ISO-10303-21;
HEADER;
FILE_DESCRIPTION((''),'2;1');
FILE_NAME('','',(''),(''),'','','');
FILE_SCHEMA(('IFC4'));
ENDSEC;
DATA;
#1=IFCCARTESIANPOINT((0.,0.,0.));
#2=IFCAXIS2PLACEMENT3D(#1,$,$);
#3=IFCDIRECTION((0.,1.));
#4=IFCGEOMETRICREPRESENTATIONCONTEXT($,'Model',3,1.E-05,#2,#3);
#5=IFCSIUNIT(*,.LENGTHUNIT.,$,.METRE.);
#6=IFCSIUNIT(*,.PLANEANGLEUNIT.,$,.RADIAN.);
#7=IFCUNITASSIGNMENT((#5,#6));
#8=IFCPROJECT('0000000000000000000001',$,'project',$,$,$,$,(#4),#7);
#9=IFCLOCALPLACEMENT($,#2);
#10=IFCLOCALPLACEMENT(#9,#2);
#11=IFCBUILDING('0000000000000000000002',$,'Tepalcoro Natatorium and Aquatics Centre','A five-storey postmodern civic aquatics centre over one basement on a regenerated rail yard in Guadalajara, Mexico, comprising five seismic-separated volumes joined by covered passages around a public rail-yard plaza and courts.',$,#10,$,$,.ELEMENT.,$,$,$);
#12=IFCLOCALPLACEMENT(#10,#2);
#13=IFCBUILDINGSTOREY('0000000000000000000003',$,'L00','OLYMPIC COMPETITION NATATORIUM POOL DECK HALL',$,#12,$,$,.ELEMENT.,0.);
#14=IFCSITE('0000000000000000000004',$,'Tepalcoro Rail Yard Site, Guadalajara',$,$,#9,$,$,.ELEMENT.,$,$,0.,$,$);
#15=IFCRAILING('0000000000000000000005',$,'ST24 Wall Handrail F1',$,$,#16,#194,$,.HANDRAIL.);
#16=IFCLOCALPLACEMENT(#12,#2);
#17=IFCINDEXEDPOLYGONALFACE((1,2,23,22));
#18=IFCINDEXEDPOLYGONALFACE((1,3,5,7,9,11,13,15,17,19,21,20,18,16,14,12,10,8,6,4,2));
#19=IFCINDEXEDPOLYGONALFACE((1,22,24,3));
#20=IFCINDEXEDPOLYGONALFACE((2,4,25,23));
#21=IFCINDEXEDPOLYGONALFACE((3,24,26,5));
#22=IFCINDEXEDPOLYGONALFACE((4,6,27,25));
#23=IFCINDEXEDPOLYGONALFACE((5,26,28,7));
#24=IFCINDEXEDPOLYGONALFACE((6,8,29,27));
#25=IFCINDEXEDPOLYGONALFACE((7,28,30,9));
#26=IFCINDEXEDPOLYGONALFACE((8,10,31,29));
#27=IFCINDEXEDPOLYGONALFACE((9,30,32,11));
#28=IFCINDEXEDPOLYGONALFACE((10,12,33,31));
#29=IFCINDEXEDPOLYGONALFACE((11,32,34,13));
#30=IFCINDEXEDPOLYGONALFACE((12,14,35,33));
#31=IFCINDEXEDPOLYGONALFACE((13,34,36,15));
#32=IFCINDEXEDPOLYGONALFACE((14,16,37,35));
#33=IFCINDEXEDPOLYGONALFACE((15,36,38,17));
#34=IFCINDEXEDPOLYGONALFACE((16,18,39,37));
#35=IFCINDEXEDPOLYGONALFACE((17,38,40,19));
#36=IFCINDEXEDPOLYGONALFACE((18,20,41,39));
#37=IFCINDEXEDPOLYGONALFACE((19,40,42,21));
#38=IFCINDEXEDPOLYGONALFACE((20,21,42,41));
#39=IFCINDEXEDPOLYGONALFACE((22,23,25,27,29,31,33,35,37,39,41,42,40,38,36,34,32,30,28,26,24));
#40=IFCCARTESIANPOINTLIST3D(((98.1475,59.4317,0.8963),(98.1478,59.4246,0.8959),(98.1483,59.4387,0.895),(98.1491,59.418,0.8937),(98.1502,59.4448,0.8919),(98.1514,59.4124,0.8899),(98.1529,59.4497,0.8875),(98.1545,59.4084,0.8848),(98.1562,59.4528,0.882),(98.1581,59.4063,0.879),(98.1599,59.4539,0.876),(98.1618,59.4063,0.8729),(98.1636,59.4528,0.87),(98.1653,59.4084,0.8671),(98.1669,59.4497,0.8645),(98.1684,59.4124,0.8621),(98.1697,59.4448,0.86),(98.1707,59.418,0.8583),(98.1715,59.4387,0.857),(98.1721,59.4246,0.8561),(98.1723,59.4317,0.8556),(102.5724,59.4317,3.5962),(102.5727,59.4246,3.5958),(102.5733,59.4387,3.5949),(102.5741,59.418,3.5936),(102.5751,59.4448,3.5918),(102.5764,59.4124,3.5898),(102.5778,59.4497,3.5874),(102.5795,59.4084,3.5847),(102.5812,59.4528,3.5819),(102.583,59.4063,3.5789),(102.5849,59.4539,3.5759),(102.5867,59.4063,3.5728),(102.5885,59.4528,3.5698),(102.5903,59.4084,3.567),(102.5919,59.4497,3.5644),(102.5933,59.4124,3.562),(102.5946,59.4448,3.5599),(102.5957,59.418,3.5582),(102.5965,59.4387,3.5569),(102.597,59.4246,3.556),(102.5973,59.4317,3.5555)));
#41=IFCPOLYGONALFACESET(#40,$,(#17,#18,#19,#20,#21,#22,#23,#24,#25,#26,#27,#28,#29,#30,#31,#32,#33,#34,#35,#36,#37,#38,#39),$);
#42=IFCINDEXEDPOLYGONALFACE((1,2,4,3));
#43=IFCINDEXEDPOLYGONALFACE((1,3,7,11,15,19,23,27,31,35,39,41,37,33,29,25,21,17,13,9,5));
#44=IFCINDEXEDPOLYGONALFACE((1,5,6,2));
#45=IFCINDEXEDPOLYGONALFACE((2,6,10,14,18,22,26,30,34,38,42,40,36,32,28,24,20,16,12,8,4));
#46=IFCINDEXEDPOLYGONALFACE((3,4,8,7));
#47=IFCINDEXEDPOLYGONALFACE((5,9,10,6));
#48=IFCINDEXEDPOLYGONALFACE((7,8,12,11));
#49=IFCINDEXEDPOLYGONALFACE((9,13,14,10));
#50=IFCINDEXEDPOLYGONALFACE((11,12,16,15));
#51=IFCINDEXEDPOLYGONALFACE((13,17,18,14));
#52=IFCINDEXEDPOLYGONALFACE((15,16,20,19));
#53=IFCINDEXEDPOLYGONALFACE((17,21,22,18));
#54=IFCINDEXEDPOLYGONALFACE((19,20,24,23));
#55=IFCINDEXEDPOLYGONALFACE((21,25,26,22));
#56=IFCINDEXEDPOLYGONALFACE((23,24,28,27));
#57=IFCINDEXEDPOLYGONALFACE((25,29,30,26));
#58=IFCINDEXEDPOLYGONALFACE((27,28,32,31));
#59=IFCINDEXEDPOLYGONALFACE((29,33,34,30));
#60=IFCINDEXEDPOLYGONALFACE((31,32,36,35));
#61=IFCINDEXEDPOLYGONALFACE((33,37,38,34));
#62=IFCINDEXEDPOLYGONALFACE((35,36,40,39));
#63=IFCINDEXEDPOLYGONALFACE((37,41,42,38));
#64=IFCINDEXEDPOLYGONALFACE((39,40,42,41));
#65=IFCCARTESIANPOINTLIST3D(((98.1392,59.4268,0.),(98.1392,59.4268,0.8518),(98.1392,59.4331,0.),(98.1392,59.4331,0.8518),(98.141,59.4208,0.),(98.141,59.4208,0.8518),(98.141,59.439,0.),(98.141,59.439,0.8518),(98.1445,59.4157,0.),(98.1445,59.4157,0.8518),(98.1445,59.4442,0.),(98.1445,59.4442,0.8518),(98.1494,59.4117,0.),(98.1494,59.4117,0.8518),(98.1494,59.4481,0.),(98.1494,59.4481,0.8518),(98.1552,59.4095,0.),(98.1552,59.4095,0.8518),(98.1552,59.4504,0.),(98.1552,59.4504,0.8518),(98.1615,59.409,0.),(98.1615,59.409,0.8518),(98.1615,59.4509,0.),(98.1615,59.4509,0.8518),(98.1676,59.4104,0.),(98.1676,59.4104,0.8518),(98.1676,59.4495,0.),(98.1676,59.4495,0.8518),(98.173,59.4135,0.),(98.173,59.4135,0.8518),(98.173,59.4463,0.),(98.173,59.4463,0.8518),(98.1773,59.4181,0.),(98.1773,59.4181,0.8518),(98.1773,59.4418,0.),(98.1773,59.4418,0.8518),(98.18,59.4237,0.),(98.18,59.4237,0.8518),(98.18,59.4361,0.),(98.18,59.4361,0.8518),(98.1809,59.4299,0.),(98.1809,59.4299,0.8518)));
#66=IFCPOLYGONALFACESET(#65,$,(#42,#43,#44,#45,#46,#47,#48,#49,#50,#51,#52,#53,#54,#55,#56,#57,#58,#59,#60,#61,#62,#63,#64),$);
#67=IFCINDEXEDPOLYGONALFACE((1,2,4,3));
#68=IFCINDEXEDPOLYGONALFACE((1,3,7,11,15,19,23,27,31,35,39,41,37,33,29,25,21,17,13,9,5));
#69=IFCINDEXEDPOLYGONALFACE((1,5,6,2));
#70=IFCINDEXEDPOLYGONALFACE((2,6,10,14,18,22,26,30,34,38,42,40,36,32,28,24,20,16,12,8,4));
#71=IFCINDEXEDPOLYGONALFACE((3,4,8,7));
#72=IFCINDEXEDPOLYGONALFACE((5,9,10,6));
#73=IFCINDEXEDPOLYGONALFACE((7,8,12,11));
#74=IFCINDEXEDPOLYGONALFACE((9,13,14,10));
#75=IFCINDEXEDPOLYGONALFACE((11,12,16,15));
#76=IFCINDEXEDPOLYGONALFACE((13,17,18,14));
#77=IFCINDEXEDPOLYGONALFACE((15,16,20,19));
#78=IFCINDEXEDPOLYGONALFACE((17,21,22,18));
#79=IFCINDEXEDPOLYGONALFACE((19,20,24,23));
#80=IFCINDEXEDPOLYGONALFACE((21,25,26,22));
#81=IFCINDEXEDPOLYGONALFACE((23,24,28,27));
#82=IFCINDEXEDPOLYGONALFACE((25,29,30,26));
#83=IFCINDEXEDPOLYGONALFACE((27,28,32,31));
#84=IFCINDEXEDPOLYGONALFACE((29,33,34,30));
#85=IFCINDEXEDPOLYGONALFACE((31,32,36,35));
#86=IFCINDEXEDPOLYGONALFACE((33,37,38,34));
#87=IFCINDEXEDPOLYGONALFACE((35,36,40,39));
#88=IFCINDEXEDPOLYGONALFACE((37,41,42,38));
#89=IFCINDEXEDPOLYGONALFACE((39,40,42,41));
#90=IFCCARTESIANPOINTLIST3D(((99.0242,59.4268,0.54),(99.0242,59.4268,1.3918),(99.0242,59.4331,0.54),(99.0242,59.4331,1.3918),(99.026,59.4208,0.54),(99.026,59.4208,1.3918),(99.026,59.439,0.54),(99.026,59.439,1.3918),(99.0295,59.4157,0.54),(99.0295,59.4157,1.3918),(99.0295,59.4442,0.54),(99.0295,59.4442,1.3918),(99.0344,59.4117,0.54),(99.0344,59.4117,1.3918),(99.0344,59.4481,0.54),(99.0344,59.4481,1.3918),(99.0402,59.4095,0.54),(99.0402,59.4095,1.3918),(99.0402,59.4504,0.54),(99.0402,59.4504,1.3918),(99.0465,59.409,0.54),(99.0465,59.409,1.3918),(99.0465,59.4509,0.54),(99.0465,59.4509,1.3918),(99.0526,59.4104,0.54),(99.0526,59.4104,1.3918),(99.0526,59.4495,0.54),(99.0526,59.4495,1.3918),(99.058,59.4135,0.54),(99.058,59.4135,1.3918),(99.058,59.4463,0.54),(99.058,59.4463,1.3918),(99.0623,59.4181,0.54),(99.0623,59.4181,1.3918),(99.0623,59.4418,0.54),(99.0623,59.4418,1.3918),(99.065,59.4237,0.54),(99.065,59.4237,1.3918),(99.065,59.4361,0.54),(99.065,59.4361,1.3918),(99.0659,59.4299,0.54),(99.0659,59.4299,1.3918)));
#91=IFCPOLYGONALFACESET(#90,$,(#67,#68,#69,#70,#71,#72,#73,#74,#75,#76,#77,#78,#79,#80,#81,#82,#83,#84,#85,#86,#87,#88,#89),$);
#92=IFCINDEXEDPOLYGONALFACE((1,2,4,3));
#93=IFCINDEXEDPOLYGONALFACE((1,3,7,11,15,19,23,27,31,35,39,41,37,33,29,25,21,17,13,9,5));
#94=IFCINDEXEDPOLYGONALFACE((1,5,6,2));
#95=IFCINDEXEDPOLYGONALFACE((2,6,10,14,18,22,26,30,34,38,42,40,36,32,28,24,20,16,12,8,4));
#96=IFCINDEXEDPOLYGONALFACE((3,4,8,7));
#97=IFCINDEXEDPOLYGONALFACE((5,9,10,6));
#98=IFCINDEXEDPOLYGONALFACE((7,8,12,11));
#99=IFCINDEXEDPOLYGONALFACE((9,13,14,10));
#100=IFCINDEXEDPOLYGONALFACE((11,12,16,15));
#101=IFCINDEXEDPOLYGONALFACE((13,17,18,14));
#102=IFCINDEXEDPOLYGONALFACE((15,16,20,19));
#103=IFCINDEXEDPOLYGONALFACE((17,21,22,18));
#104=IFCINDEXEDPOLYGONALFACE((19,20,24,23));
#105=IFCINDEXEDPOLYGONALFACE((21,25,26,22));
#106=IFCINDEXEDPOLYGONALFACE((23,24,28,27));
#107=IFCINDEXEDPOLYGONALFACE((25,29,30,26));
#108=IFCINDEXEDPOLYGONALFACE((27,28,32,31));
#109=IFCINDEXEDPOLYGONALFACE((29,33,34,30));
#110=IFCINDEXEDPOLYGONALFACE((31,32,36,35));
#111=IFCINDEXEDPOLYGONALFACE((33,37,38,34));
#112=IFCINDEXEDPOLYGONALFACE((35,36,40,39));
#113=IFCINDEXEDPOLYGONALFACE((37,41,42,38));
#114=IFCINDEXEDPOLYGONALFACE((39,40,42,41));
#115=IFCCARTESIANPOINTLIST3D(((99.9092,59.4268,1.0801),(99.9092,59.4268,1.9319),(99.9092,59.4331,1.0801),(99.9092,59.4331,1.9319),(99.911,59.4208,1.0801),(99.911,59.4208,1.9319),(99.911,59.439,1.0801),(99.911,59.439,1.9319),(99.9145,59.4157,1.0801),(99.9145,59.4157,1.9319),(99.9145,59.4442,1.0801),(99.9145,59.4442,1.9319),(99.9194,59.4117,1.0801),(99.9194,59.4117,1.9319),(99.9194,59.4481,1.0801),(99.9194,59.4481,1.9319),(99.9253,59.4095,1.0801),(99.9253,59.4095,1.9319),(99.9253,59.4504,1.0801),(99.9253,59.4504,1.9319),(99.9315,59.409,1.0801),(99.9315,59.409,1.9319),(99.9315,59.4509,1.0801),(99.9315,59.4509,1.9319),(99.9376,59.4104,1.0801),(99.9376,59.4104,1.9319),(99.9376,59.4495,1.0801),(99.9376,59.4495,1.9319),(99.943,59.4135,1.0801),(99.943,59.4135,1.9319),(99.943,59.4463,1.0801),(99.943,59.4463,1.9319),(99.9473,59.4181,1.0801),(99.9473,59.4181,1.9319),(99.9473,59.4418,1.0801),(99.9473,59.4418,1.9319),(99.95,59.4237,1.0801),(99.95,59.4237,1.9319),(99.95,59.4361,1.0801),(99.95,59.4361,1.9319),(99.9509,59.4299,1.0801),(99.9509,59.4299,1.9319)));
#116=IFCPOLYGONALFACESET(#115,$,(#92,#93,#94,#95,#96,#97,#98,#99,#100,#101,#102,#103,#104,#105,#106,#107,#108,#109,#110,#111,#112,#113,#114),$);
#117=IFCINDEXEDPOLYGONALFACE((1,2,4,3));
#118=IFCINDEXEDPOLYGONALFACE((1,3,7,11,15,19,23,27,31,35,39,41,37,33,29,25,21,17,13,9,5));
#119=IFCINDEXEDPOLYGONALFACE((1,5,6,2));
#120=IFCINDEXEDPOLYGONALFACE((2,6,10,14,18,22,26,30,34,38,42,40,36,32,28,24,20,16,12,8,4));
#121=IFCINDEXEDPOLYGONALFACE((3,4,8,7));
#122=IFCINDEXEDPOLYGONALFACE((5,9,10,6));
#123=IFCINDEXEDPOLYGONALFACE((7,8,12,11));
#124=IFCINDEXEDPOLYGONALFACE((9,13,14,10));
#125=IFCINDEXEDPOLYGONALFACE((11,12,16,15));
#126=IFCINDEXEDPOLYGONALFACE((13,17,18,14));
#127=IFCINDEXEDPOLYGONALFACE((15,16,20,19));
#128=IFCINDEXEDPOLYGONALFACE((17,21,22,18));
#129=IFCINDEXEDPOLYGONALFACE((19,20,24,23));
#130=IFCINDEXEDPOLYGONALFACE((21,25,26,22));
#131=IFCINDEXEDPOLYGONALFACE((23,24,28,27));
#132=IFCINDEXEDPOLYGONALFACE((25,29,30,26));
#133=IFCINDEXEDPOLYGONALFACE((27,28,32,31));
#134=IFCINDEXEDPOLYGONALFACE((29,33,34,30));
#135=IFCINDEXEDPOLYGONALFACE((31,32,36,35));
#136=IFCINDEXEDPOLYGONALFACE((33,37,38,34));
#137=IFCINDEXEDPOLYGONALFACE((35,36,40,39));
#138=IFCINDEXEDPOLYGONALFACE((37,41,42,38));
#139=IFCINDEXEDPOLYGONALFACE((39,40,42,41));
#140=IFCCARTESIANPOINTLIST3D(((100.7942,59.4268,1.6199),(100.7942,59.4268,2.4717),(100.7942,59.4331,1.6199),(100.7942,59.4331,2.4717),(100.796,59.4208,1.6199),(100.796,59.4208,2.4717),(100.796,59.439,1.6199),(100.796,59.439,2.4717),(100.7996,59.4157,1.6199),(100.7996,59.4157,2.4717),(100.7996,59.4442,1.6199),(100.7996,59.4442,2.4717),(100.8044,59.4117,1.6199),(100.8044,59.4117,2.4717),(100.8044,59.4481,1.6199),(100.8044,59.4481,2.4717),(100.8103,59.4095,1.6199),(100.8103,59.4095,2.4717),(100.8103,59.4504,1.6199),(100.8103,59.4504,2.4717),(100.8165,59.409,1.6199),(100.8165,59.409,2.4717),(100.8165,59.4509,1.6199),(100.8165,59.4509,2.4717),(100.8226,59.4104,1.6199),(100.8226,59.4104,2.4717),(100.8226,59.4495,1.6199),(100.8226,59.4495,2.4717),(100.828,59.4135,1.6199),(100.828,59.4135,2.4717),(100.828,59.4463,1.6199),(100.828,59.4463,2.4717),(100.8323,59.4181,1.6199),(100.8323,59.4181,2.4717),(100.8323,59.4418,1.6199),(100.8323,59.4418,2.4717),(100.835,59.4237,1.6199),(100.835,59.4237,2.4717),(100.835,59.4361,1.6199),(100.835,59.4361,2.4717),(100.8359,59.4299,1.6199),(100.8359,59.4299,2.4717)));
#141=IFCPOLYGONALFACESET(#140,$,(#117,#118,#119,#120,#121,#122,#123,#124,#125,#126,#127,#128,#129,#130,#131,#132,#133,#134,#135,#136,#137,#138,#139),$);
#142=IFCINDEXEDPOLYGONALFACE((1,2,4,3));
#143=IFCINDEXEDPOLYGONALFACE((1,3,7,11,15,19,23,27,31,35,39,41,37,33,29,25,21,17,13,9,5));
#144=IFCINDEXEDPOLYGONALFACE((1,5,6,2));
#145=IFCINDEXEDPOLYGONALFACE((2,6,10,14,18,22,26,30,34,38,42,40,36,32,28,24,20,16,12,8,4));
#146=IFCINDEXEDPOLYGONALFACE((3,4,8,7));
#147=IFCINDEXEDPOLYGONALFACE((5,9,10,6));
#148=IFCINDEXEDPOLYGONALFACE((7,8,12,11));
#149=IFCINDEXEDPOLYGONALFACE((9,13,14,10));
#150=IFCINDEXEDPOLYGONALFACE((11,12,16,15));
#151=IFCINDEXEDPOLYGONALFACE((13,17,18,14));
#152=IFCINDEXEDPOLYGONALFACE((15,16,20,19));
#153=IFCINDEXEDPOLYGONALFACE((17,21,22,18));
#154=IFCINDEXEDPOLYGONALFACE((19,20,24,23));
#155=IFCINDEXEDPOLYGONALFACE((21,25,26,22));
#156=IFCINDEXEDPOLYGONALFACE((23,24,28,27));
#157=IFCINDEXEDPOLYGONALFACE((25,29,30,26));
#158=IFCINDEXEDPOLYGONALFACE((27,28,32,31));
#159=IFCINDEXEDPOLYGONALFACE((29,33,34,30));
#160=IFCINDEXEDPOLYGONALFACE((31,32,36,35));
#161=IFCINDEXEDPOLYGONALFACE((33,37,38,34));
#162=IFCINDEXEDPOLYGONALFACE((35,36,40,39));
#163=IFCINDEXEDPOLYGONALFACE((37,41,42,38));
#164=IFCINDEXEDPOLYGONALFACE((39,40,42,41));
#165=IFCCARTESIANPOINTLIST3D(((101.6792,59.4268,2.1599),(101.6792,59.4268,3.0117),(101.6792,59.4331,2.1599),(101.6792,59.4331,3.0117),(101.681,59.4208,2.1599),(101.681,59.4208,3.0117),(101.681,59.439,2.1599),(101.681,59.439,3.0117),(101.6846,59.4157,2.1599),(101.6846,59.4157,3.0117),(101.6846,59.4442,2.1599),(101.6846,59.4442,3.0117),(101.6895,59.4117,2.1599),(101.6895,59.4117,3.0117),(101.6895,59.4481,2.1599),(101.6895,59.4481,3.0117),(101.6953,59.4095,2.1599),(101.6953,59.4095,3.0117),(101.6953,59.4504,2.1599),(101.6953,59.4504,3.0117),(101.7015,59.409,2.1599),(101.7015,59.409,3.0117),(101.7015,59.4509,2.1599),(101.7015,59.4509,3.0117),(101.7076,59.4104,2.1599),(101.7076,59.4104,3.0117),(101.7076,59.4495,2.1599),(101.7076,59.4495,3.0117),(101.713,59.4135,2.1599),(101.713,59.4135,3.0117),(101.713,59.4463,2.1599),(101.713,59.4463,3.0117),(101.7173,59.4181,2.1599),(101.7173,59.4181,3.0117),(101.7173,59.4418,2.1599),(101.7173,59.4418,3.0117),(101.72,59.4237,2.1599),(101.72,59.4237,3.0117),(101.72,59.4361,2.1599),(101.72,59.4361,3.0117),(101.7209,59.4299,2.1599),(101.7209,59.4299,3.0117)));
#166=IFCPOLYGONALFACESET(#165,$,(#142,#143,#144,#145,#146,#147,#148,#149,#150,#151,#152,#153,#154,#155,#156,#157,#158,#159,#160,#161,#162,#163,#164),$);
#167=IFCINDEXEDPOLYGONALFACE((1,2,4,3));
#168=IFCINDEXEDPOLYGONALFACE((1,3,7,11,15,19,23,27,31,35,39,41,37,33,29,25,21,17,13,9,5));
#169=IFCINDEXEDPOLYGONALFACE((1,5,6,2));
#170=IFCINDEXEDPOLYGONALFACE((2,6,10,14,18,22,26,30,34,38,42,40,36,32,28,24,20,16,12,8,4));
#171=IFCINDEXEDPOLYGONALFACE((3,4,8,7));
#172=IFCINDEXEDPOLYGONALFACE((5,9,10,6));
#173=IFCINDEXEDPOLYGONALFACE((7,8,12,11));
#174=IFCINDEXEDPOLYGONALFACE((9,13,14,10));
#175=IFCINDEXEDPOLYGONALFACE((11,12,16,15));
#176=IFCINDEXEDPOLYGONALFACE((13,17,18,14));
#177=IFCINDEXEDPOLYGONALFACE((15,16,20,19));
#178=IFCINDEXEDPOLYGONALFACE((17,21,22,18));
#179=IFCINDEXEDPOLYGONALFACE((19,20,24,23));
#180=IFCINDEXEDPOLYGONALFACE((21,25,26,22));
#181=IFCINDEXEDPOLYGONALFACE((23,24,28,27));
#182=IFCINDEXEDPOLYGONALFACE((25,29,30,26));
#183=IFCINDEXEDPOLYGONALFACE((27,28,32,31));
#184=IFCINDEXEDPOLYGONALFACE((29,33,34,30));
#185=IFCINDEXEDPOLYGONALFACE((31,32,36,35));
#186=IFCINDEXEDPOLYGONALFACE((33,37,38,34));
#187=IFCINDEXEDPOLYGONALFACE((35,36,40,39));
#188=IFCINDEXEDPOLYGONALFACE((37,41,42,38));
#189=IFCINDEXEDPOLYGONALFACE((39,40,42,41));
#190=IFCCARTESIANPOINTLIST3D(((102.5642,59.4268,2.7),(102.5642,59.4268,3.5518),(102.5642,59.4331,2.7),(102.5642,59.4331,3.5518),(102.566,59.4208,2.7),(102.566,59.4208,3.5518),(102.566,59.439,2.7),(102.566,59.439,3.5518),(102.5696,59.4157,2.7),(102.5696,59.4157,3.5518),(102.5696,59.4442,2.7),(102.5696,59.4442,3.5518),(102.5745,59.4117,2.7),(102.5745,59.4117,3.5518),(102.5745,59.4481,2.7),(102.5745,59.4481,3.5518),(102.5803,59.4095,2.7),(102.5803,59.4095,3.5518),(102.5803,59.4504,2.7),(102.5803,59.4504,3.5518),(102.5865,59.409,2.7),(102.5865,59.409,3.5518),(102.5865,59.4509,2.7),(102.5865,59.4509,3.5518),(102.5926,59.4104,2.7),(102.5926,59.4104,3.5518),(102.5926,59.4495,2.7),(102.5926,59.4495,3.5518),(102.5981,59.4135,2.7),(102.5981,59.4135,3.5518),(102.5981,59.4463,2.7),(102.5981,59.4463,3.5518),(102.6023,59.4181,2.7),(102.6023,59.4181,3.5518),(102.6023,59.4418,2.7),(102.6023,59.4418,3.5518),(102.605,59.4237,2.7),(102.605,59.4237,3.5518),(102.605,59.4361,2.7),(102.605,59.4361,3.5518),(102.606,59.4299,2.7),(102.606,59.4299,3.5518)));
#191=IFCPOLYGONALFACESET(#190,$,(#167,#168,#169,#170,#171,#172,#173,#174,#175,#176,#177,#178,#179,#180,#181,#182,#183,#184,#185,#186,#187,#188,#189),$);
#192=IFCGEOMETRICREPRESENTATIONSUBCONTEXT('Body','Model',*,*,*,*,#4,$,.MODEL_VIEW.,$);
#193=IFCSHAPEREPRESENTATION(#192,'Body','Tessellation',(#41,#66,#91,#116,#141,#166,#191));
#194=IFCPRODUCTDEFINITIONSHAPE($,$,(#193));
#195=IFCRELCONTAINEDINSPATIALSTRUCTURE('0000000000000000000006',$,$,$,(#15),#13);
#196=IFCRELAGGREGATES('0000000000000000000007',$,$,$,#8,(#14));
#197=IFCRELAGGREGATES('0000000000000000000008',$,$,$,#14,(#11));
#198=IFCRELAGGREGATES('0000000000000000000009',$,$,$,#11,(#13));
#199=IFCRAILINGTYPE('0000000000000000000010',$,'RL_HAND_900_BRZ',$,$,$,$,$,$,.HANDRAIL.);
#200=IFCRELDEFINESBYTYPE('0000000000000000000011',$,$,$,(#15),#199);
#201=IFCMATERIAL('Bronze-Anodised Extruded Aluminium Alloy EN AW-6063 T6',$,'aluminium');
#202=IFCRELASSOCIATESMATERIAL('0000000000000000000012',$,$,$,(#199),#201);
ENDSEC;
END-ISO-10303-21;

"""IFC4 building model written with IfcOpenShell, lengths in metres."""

from ifc_helpers import new_model, si_unit, direction, frame, origin, origin_2d, place, context, subcontext, project, spatial, circle, extrude, material, type_object, element, save


model = new_model("IFC4")

# Units and contexts
model_context = context("Model", 3, precision=1e-05, world=origin(), true_north=direction((0.0, 1.0)))
body_context = subcontext(model_context, "Body", "Model", "MODEL_VIEW")
ifc_project = project(units=[si_unit("LENGTHUNIT", "METRE"), si_unit("PLANEANGLEUNIT", "RADIAN")], contexts=[model_context])

# Site, building, storey
site_placement = place(None, origin())
site = spatial("IfcSite", under=ifc_project, at=site_placement, Name="Tepalcoro Rail Yard Site, Guadalajara", CompositionType="ELEMENT", RefElevation=0.0)
building_placement = place(site_placement, origin())
building = spatial("IfcBuilding", under=site, at=building_placement, Name="Tepalcoro Natatorium and Aquatics Centre", Description="A five-storey postmodern civic aquatics centre over one basement on a regenerated rail yard in Guadalajara, Mexico, comprising five seismic-separated volumes joined by covered passages around a public rail-yard plaza and courts.", CompositionType="ELEMENT")
storey_placement = place(building_placement, origin())
storey = spatial("IfcBuildingStorey", under=building, at=storey_placement, Name="L00", Description="OLYMPIC COMPETITION NATATORIUM POOL DECK HALL", CompositionType="ELEMENT", Elevation=0.0)

# Shared definitions
ifc_material_1 = material(Name="Bronze-Anodised Extruded Aluminium Alloy EN AW-6063 T6", Category="aluminium")

# Railing
railing_type_1 = type_object("IfcRailingType", Name="RL_HAND_900_BRZ", PredefinedType="HANDRAIL", material=ifc_material_1)
railing_1_placement = place(storey_placement, frame((98.1599, 59.4299, 0.0)))
element("IfcRailing", 1, at=railing_1_placement, inside=storey, type_object=railing_type_1, Name="ST24 Wall Handrail F1", PredefinedType="HANDRAIL", context=body_context, shape_type="SweptSolid", body=[
    extrude(circle(Radius=0.0239, at=origin_2d()), frame((0.0, 0.0, 0.876), z_axis=(0.853646, 0.0, 0.520854), x_axis=(0.0, 1.0, 0.0)), (0.0, 0.0, 1.0), 5.1836),
    extrude(circle(Radius=0.021, at=origin_2d()), origin(), (0.0, 0.0, 1.0), 0.8518),
    extrude(circle(Radius=0.021, at=origin_2d()), frame((0.885, 0.0, 0.54)), (0.0, 0.0, 1.0), 0.8518),
    extrude(circle(Radius=0.021, at=origin_2d()), frame((1.77, 0.0, 1.0801)), (0.0, 0.0, 1.0), 0.8518),
    extrude(circle(Radius=0.021, at=origin_2d()), frame((2.655, 0.0, 1.6199)), (0.0, 0.0, 1.0), 0.8518),
    extrude(circle(Radius=0.021, at=origin_2d()), frame((3.54, 0.0, 2.1599)), (0.0, 0.0, 1.0), 0.8518),
    extrude(circle(Radius=0.021, at=origin_2d()), frame((4.425, 0.0, 2.7)), (0.0, 0.0, 1.0), 0.8518),
])

save(model, "model.ifc")
